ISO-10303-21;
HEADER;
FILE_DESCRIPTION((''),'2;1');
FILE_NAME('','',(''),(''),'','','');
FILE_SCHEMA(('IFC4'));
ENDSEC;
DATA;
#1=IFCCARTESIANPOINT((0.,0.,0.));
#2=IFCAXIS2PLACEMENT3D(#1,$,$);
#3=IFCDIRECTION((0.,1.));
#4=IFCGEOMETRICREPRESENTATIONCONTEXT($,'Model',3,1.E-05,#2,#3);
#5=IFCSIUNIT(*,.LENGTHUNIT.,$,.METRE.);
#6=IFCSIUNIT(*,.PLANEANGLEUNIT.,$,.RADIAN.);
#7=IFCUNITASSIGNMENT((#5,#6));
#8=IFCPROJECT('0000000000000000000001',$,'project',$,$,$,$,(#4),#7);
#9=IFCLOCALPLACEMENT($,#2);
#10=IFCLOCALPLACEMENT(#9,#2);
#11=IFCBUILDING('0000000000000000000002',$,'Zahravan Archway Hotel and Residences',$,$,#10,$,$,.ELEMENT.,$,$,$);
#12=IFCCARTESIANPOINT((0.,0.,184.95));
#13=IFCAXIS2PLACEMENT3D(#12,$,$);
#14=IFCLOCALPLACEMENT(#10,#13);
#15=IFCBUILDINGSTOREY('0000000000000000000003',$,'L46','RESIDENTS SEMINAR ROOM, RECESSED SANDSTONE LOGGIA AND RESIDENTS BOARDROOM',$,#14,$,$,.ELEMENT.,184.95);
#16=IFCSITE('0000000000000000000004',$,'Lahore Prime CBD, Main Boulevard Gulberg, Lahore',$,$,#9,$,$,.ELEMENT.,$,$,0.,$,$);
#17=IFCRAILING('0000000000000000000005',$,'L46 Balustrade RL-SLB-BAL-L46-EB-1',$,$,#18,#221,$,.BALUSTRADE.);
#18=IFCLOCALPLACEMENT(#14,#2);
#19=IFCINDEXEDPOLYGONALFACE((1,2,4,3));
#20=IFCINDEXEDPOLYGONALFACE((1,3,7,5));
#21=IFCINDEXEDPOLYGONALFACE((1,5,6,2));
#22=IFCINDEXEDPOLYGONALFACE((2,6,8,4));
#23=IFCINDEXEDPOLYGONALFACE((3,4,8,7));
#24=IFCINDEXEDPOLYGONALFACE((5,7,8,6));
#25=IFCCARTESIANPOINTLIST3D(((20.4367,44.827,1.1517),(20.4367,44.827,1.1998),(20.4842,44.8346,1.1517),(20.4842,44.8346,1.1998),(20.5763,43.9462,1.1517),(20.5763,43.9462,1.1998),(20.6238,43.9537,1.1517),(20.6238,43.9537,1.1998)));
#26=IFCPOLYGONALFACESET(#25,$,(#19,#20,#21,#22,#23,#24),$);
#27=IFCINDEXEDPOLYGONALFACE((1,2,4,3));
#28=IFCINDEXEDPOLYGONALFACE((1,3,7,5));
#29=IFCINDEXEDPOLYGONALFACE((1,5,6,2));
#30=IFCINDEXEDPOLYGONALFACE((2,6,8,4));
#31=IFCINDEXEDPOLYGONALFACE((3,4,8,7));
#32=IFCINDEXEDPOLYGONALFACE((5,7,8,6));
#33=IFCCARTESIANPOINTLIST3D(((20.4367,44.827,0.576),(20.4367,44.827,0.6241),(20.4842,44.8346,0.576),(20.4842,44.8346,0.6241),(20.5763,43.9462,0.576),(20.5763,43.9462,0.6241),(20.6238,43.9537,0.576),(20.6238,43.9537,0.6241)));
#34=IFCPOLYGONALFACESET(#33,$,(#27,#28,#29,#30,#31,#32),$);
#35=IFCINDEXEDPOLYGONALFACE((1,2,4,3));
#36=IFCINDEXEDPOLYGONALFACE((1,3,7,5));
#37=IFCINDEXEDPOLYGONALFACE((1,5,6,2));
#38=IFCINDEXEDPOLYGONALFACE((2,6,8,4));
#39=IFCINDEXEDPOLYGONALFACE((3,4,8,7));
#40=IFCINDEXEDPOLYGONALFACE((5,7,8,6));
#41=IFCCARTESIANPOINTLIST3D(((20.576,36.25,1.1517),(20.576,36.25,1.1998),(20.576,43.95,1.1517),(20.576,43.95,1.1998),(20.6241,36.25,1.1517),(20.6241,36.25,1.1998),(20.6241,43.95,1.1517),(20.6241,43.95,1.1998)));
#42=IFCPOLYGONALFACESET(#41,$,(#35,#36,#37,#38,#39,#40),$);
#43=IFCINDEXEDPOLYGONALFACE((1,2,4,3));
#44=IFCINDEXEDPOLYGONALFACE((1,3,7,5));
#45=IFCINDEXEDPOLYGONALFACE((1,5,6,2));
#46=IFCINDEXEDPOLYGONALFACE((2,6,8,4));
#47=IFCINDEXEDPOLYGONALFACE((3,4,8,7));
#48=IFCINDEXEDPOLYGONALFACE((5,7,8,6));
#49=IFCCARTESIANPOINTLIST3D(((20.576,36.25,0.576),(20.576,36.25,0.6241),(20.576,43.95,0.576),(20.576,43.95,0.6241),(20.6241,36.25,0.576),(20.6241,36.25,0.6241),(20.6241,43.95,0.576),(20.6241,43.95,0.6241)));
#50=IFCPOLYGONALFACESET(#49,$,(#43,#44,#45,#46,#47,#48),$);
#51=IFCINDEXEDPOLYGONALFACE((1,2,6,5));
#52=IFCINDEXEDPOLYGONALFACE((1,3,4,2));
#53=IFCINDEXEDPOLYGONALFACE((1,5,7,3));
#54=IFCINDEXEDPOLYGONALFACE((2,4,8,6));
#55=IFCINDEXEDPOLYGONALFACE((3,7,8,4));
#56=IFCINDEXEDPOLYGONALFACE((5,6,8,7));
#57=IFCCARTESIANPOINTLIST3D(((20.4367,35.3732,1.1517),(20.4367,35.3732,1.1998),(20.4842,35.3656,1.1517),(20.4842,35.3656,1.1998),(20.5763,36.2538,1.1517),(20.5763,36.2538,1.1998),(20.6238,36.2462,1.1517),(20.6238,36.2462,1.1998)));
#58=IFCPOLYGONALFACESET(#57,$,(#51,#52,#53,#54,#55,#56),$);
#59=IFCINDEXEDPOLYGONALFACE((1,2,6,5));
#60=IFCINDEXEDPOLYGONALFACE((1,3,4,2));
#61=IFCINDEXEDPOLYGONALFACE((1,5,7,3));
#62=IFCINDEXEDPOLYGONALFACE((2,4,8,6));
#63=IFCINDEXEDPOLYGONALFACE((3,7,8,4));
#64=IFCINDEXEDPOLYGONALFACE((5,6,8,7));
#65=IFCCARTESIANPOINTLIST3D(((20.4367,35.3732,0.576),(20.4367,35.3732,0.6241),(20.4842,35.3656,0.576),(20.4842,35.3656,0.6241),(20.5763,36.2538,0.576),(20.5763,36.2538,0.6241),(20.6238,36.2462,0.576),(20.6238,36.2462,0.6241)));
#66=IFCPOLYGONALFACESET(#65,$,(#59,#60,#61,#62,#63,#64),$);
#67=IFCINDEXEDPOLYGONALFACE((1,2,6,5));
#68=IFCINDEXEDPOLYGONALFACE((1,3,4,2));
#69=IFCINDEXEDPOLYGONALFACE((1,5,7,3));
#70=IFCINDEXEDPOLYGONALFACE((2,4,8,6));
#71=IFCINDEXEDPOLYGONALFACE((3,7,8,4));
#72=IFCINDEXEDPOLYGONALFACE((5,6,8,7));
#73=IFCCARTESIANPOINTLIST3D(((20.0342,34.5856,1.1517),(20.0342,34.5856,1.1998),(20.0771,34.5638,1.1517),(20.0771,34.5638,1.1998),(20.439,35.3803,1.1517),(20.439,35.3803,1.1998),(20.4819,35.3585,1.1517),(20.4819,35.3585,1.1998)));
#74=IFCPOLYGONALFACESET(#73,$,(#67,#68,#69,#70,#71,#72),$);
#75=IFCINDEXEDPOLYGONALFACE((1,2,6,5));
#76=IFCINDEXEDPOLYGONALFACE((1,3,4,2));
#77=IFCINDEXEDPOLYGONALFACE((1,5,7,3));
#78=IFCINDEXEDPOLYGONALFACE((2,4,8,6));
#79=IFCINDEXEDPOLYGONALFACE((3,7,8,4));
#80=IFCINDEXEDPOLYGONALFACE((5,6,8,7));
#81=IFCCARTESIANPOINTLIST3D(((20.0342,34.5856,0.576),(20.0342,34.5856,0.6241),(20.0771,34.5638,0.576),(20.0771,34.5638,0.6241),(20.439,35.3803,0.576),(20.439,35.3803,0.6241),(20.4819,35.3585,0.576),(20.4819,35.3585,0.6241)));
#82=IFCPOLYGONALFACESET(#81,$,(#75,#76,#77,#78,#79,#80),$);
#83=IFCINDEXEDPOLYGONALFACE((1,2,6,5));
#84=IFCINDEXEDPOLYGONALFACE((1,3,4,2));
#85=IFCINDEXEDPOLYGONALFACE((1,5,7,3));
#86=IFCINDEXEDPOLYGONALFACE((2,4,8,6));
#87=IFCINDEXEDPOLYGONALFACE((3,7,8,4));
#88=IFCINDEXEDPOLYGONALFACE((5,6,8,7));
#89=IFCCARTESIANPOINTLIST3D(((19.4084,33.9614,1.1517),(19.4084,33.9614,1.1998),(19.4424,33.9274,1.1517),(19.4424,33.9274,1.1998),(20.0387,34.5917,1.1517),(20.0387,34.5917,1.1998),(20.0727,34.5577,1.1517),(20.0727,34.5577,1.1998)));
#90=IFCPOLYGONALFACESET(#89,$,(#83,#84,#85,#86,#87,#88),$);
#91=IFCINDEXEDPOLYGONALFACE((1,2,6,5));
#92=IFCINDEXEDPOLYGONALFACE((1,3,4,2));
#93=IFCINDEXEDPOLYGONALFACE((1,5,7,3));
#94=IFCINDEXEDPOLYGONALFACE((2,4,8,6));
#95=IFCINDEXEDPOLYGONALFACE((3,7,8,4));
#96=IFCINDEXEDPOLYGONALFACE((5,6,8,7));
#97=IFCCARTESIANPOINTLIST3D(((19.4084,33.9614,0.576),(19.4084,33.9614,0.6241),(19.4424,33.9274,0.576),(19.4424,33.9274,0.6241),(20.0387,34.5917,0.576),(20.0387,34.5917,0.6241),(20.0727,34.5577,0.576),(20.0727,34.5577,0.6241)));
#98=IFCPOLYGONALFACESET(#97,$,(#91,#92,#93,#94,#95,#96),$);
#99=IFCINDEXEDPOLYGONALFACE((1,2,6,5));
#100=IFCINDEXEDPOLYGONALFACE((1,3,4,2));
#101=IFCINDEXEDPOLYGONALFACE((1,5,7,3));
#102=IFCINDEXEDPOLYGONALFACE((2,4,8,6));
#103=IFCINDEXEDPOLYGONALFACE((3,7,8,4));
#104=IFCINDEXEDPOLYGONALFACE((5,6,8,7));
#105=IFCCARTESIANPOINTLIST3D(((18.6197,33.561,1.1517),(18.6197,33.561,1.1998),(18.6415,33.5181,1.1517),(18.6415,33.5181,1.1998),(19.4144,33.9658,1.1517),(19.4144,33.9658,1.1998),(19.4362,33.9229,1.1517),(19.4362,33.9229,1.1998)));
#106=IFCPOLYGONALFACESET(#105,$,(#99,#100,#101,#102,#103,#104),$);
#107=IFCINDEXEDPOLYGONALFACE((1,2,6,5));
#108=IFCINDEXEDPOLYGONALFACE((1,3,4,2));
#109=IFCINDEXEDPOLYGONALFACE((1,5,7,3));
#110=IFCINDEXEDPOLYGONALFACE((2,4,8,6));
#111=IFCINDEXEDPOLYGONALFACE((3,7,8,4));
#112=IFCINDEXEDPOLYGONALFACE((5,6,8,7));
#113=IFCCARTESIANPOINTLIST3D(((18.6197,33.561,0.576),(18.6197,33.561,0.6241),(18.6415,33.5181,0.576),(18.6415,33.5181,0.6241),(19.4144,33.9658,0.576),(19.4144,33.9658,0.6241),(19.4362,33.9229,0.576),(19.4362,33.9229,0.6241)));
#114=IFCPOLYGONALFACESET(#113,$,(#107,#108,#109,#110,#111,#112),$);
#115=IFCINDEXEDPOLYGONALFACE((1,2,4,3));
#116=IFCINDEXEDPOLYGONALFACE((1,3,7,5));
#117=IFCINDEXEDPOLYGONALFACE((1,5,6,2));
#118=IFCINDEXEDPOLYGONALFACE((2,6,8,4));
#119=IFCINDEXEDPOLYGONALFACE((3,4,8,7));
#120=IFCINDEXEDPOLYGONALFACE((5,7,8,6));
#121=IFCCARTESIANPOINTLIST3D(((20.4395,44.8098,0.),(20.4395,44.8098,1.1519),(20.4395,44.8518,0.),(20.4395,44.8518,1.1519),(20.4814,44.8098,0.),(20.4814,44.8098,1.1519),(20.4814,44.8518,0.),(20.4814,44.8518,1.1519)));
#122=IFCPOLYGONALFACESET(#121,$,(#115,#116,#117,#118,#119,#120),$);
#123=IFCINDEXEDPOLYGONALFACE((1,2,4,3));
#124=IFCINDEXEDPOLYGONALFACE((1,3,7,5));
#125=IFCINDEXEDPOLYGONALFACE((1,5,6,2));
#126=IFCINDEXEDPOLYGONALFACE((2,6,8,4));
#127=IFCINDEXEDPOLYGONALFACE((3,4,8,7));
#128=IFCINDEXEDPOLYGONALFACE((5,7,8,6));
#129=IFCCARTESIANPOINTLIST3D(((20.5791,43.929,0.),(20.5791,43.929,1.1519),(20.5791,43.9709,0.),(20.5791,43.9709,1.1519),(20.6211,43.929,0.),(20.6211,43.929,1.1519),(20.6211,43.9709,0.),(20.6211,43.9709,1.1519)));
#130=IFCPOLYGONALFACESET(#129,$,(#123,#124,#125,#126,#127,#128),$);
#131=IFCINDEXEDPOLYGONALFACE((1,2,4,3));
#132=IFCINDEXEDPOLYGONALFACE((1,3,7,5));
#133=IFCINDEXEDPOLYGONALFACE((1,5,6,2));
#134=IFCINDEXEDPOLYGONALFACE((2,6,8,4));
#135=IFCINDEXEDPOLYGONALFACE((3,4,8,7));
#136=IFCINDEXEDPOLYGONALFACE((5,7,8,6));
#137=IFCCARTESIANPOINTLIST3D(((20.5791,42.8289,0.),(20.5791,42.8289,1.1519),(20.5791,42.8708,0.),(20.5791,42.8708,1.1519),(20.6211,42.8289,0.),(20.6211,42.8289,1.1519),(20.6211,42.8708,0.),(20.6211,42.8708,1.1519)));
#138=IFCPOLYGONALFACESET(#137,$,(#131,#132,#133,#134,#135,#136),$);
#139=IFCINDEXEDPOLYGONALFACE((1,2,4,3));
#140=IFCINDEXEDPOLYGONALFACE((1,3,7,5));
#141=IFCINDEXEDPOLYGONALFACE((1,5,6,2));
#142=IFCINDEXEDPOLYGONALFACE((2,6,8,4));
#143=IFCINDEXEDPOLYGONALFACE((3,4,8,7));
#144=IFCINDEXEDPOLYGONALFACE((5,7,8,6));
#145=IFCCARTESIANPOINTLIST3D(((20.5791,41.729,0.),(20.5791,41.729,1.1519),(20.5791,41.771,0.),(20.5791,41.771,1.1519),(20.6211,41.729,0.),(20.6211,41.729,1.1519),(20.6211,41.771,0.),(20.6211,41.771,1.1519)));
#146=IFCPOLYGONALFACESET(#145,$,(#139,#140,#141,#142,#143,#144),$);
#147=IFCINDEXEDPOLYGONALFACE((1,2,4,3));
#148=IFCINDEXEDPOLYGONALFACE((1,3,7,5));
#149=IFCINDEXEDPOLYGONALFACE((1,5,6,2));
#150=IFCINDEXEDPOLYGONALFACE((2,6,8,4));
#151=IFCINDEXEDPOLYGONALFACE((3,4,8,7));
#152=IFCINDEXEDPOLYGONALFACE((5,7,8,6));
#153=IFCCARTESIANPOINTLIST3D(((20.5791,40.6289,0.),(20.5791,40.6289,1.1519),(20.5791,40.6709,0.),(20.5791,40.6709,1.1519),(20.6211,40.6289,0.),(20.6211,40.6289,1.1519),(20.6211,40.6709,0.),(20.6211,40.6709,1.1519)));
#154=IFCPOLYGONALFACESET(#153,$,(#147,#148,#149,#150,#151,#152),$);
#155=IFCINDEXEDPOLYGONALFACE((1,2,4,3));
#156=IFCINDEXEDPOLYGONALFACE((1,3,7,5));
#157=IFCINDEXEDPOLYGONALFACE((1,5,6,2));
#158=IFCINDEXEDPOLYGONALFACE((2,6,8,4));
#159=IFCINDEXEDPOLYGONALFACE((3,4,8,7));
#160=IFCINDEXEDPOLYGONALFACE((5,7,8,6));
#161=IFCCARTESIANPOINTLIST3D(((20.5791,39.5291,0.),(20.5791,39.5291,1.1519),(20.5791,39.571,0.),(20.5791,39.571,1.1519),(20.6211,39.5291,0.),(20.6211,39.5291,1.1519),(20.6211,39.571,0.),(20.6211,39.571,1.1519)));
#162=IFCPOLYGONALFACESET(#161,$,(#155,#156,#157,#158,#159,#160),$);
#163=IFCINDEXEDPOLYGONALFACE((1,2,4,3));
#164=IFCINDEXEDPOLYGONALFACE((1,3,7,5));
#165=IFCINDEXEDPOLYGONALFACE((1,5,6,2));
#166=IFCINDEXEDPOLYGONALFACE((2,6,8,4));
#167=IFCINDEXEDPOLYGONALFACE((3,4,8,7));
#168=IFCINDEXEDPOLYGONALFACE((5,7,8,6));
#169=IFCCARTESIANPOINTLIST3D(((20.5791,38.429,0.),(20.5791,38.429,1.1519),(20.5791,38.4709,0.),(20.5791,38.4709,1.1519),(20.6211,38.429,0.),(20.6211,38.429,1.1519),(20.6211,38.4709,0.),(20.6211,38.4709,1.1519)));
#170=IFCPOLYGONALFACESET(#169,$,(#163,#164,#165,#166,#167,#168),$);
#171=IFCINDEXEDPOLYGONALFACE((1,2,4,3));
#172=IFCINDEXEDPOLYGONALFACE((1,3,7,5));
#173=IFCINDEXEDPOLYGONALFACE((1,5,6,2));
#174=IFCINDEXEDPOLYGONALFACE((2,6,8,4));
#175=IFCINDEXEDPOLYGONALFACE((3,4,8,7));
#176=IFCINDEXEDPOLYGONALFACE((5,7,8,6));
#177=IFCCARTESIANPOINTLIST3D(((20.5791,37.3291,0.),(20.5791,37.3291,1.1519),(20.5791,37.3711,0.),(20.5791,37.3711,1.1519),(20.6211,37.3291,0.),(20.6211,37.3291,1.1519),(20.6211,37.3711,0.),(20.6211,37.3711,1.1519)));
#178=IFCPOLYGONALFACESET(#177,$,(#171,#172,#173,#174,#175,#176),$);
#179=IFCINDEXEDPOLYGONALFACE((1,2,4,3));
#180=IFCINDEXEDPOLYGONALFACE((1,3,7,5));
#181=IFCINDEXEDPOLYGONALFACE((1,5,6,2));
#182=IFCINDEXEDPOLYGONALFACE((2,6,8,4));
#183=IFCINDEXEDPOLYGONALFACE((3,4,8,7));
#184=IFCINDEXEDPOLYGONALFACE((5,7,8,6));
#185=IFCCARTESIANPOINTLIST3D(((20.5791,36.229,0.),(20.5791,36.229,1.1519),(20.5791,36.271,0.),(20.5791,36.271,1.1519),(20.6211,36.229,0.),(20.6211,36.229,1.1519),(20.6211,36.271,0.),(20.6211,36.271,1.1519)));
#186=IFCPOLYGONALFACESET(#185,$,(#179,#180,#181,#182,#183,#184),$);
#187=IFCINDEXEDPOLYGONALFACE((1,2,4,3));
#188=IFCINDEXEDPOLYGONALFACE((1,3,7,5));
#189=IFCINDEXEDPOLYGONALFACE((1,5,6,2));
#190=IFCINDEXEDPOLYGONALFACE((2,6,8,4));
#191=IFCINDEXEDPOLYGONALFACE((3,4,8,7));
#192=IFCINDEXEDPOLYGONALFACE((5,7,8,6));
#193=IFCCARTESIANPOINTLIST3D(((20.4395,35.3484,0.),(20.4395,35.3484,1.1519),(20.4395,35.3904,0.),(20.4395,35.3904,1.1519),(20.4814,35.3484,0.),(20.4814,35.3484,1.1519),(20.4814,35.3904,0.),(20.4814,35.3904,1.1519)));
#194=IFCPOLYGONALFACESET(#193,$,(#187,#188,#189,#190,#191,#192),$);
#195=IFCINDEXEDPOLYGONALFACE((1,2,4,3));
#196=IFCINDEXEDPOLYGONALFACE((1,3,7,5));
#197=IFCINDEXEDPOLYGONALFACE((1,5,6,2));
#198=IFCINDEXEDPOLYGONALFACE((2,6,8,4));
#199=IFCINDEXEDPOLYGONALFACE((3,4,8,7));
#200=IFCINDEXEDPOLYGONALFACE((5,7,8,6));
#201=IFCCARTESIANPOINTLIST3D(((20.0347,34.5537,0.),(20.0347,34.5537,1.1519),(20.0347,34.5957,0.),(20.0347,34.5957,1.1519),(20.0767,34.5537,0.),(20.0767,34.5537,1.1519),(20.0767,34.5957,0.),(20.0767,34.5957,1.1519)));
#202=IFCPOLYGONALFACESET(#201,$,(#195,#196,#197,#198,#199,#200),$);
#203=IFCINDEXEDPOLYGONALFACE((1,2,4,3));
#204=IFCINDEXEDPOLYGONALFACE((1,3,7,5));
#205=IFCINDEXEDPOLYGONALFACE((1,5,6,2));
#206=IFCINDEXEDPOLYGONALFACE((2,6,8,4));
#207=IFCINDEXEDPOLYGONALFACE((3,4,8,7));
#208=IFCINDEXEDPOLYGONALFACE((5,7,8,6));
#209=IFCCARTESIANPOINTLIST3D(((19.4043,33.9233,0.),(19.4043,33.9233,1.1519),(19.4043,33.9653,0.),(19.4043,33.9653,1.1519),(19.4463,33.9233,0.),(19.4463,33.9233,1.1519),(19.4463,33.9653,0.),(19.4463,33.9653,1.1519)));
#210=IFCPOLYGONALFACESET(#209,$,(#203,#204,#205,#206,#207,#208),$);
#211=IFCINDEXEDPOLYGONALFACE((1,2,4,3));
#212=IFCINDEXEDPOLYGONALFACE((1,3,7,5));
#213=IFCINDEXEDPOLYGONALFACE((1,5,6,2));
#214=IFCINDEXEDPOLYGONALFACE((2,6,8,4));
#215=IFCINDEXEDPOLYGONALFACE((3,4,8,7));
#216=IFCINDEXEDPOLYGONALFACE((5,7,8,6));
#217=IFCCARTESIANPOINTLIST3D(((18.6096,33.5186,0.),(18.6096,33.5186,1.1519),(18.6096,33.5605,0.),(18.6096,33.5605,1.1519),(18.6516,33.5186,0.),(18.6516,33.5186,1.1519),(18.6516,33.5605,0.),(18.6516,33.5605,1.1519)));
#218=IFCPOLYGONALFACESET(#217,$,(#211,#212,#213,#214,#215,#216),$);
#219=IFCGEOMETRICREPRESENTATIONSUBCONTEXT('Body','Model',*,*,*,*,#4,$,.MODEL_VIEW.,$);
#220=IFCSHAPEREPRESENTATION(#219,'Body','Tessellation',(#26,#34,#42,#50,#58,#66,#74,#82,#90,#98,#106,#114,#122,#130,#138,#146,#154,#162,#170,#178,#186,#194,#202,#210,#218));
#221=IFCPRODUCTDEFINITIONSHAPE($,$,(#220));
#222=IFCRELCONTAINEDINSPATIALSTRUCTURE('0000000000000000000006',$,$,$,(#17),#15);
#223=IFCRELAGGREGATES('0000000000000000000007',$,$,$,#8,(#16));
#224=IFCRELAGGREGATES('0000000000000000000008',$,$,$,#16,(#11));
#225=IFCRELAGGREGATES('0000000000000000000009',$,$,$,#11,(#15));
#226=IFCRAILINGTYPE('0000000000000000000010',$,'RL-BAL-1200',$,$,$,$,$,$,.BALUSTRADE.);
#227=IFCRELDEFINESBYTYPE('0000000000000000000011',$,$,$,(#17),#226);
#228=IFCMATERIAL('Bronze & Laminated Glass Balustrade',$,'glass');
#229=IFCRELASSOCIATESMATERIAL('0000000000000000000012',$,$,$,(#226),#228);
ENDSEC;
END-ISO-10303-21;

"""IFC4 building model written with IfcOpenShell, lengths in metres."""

from ifc_helpers import new_model, si_unit, direction, frame, origin, origin_2d, place, context, subcontext, project, spatial, rectangle, extrude, material, type_object, element, save


model = new_model("IFC4")

# Units and contexts
model_context = context("Model", 3, precision=1e-05, world=origin(), true_north=direction((0.0, 1.0)))
body_context = subcontext(model_context, "Body", "Model", "MODEL_VIEW")
ifc_project = project(units=[si_unit("LENGTHUNIT", "METRE"), si_unit("PLANEANGLEUNIT", "RADIAN")], contexts=[model_context])

# Site, building, storey
site_placement = place(None, origin())
site = spatial("IfcSite", under=ifc_project, at=site_placement, Name="Lahore Prime CBD, Main Boulevard Gulberg, Lahore", CompositionType="ELEMENT", RefElevation=0.0)
building_placement = place(site_placement, origin())
building = spatial("IfcBuilding", under=site, at=building_placement, Name="Zahravan Archway Hotel and Residences", CompositionType="ELEMENT")
storey_placement = place(building_placement, frame((0.0, 0.0, 184.95)))
storey = spatial("IfcBuildingStorey", under=building, at=storey_placement, Name="L46", Description="RESIDENTS SEMINAR ROOM, RECESSED SANDSTONE LOGGIA AND RESIDENTS BOARDROOM", CompositionType="ELEMENT", Elevation=184.95)

# Railing
ifc_material_1 = material(Name="Bronze & Laminated Glass Balustrade", Category="glass")
railing_type = type_object("IfcRailingType", Name="RL-BAL-1200", PredefinedType="BALUSTRADE", material=ifc_material_1)
railing_1_placement = place(storey_placement, frame((20.4604, 44.8308, 0.0)))
element("IfcRailing", 1, at=railing_1_placement, inside=storey, type_object=railing_type, Name="L46 Balustrade RL-SLB-BAL-L46-EB-1", PredefinedType="BALUSTRADE", context=body_context, shape_type="SweptSolid", body=[
    extrude(rectangle(XDim=0.0481, YDim=0.0481, at=origin_2d()), frame((0.0, 0.0, 1.1758), z_axis=(0.156581, -0.987665, 0.0), x_axis=(0.987665, 0.156581, 0.0)), (0.0, 0.0, 1.0), 0.8918),
    extrude(rectangle(XDim=0.0481, YDim=0.0481, at=origin_2d()), frame((0.0, 0.0, 0.6001), z_axis=(0.156581, -0.987665, 0.0), x_axis=(0.987665, 0.156581, 0.0)), (0.0, 0.0, 1.0), 0.8918),
    extrude(rectangle(XDim=0.0481, YDim=0.0481, at=origin_2d()), frame((0.1396, -0.8809, 1.1758), z_axis=(0.0, -1.0, 0.0), x_axis=(1.0, 0.0, 0.0)), (0.0, 0.0, 1.0), 7.7),
    extrude(rectangle(XDim=0.0481, YDim=0.0481, at=origin_2d()), frame((0.1396, -0.8809, 0.6001), z_axis=(0.0, -1.0, 0.0), x_axis=(1.0, 0.0, 0.0)), (0.0, 0.0, 1.0), 7.7),
    extrude(rectangle(XDim=0.0481, YDim=0.0481, at=origin_2d()), frame((0.1396, -8.5808, 1.1758), z_axis=(-0.156623, -0.987658, 0.0), x_axis=(0.987658, -0.156623, 0.0)), (0.0, 0.0, 1.0), 0.8916),
    extrude(rectangle(XDim=0.0481, YDim=0.0481, at=origin_2d()), frame((0.1396, -8.5808, 0.6001), z_axis=(-0.156623, -0.987658, 0.0), x_axis=(0.987658, -0.156623, 0.0)), (0.0, 0.0, 1.0), 0.8916),
    extrude(rectangle(XDim=0.0481, YDim=0.0481, at=origin_2d()), frame((0.0, -9.4614, 1.1758), z_axis=(-0.453881, -0.891062, 0.0), x_axis=(0.891062, -0.453881, 0.0)), (0.0, 0.0, 1.0), 0.8918),
    extrude(rectangle(XDim=0.0481, YDim=0.0481, at=origin_2d()), frame((0.0, -9.4614, 0.6001), z_axis=(-0.453881, -0.891062, 0.0), x_axis=(0.891062, -0.453881, 0.0)), (0.0, 0.0, 1.0), 0.8918),
    extrude(rectangle(XDim=0.0481, YDim=0.0481, at=origin_2d()), frame((-0.4048, -10.2561, 1.1758), z_axis=(-0.707107, -0.707107, 0.0), x_axis=(0.707107, -0.707107, 0.0)), (0.0, 0.0, 1.0), 0.8914),
    extrude(rectangle(XDim=0.0481, YDim=0.0481, at=origin_2d()), frame((-0.4048, -10.2561, 0.6001), z_axis=(-0.707107, -0.707107, 0.0), x_axis=(0.707107, -0.707107, 0.0)), (0.0, 0.0, 1.0), 0.8914),
    extrude(rectangle(XDim=0.0481, YDim=0.0481, at=origin_2d()), frame((-1.0352, -10.8865, 1.1758), z_axis=(-0.891062, -0.453881, 0.0), x_axis=(0.453881, -0.891062, 0.0)), (0.0, 0.0, 1.0), 0.8918),
    extrude(rectangle(XDim=0.0481, YDim=0.0481, at=origin_2d()), frame((-1.0352, -10.8865, 0.6001), z_axis=(-0.891062, -0.453881, 0.0), x_axis=(0.453881, -0.891062, 0.0)), (0.0, 0.0, 1.0), 0.8918),
    extrude(rectangle(XDim=0.042, YDim=0.042, at=origin_2d()), origin(), (0.0, 0.0, 1.0), 1.1519),
    extrude(rectangle(XDim=0.042, YDim=0.042, at=origin_2d()), frame((0.1396, -0.8809, 0.0)), (0.0, 0.0, 1.0), 1.1519),
    extrude(rectangle(XDim=0.042, YDim=0.042, at=origin_2d()), frame((0.1396, -1.981, 0.0)), (0.0, 0.0, 1.0), 1.1519),
    extrude(rectangle(XDim=0.042, YDim=0.042, at=origin_2d()), frame((0.1396, -3.0808, 0.0)), (0.0, 0.0, 1.0), 1.1519),
    extrude(rectangle(XDim=0.042, YDim=0.042, at=origin_2d()), frame((0.1396, -4.1809, 0.0)), (0.0, 0.0, 1.0), 1.1519),
    extrude(rectangle(XDim=0.042, YDim=0.042, at=origin_2d()), frame((0.1396, -5.2808, 0.0)), (0.0, 0.0, 1.0), 1.1519),
    extrude(rectangle(XDim=0.042, YDim=0.042, at=origin_2d()), frame((0.1396, -6.3809, 0.0)), (0.0, 0.0, 1.0), 1.1519),
    extrude(rectangle(XDim=0.042, YDim=0.042, at=origin_2d()), frame((0.1396, -7.4807, 0.0)), (0.0, 0.0, 1.0), 1.1519),
    extrude(rectangle(XDim=0.042, YDim=0.042, at=origin_2d()), frame((0.1396, -8.5808, 0.0)), (0.0, 0.0, 1.0), 1.1519),
    extrude(rectangle(XDim=0.042, YDim=0.042, at=origin_2d()), frame((0.0, -9.4614, 0.0)), (0.0, 0.0, 1.0), 1.1519),
    extrude(rectangle(XDim=0.042, YDim=0.042, at=origin_2d()), frame((-0.4048, -10.2561, 0.0)), (0.0, 0.0, 1.0), 1.1519),
    extrude(rectangle(XDim=0.042, YDim=0.042, at=origin_2d()), frame((-1.0352, -10.8865, 0.0)), (0.0, 0.0, 1.0), 1.1519),
    extrude(rectangle(XDim=0.042, YDim=0.042, at=origin_2d()), frame((-1.8298, -11.2913, 0.0)), (0.0, 0.0, 1.0), 1.1519),
])

save(model, "model.ifc")
